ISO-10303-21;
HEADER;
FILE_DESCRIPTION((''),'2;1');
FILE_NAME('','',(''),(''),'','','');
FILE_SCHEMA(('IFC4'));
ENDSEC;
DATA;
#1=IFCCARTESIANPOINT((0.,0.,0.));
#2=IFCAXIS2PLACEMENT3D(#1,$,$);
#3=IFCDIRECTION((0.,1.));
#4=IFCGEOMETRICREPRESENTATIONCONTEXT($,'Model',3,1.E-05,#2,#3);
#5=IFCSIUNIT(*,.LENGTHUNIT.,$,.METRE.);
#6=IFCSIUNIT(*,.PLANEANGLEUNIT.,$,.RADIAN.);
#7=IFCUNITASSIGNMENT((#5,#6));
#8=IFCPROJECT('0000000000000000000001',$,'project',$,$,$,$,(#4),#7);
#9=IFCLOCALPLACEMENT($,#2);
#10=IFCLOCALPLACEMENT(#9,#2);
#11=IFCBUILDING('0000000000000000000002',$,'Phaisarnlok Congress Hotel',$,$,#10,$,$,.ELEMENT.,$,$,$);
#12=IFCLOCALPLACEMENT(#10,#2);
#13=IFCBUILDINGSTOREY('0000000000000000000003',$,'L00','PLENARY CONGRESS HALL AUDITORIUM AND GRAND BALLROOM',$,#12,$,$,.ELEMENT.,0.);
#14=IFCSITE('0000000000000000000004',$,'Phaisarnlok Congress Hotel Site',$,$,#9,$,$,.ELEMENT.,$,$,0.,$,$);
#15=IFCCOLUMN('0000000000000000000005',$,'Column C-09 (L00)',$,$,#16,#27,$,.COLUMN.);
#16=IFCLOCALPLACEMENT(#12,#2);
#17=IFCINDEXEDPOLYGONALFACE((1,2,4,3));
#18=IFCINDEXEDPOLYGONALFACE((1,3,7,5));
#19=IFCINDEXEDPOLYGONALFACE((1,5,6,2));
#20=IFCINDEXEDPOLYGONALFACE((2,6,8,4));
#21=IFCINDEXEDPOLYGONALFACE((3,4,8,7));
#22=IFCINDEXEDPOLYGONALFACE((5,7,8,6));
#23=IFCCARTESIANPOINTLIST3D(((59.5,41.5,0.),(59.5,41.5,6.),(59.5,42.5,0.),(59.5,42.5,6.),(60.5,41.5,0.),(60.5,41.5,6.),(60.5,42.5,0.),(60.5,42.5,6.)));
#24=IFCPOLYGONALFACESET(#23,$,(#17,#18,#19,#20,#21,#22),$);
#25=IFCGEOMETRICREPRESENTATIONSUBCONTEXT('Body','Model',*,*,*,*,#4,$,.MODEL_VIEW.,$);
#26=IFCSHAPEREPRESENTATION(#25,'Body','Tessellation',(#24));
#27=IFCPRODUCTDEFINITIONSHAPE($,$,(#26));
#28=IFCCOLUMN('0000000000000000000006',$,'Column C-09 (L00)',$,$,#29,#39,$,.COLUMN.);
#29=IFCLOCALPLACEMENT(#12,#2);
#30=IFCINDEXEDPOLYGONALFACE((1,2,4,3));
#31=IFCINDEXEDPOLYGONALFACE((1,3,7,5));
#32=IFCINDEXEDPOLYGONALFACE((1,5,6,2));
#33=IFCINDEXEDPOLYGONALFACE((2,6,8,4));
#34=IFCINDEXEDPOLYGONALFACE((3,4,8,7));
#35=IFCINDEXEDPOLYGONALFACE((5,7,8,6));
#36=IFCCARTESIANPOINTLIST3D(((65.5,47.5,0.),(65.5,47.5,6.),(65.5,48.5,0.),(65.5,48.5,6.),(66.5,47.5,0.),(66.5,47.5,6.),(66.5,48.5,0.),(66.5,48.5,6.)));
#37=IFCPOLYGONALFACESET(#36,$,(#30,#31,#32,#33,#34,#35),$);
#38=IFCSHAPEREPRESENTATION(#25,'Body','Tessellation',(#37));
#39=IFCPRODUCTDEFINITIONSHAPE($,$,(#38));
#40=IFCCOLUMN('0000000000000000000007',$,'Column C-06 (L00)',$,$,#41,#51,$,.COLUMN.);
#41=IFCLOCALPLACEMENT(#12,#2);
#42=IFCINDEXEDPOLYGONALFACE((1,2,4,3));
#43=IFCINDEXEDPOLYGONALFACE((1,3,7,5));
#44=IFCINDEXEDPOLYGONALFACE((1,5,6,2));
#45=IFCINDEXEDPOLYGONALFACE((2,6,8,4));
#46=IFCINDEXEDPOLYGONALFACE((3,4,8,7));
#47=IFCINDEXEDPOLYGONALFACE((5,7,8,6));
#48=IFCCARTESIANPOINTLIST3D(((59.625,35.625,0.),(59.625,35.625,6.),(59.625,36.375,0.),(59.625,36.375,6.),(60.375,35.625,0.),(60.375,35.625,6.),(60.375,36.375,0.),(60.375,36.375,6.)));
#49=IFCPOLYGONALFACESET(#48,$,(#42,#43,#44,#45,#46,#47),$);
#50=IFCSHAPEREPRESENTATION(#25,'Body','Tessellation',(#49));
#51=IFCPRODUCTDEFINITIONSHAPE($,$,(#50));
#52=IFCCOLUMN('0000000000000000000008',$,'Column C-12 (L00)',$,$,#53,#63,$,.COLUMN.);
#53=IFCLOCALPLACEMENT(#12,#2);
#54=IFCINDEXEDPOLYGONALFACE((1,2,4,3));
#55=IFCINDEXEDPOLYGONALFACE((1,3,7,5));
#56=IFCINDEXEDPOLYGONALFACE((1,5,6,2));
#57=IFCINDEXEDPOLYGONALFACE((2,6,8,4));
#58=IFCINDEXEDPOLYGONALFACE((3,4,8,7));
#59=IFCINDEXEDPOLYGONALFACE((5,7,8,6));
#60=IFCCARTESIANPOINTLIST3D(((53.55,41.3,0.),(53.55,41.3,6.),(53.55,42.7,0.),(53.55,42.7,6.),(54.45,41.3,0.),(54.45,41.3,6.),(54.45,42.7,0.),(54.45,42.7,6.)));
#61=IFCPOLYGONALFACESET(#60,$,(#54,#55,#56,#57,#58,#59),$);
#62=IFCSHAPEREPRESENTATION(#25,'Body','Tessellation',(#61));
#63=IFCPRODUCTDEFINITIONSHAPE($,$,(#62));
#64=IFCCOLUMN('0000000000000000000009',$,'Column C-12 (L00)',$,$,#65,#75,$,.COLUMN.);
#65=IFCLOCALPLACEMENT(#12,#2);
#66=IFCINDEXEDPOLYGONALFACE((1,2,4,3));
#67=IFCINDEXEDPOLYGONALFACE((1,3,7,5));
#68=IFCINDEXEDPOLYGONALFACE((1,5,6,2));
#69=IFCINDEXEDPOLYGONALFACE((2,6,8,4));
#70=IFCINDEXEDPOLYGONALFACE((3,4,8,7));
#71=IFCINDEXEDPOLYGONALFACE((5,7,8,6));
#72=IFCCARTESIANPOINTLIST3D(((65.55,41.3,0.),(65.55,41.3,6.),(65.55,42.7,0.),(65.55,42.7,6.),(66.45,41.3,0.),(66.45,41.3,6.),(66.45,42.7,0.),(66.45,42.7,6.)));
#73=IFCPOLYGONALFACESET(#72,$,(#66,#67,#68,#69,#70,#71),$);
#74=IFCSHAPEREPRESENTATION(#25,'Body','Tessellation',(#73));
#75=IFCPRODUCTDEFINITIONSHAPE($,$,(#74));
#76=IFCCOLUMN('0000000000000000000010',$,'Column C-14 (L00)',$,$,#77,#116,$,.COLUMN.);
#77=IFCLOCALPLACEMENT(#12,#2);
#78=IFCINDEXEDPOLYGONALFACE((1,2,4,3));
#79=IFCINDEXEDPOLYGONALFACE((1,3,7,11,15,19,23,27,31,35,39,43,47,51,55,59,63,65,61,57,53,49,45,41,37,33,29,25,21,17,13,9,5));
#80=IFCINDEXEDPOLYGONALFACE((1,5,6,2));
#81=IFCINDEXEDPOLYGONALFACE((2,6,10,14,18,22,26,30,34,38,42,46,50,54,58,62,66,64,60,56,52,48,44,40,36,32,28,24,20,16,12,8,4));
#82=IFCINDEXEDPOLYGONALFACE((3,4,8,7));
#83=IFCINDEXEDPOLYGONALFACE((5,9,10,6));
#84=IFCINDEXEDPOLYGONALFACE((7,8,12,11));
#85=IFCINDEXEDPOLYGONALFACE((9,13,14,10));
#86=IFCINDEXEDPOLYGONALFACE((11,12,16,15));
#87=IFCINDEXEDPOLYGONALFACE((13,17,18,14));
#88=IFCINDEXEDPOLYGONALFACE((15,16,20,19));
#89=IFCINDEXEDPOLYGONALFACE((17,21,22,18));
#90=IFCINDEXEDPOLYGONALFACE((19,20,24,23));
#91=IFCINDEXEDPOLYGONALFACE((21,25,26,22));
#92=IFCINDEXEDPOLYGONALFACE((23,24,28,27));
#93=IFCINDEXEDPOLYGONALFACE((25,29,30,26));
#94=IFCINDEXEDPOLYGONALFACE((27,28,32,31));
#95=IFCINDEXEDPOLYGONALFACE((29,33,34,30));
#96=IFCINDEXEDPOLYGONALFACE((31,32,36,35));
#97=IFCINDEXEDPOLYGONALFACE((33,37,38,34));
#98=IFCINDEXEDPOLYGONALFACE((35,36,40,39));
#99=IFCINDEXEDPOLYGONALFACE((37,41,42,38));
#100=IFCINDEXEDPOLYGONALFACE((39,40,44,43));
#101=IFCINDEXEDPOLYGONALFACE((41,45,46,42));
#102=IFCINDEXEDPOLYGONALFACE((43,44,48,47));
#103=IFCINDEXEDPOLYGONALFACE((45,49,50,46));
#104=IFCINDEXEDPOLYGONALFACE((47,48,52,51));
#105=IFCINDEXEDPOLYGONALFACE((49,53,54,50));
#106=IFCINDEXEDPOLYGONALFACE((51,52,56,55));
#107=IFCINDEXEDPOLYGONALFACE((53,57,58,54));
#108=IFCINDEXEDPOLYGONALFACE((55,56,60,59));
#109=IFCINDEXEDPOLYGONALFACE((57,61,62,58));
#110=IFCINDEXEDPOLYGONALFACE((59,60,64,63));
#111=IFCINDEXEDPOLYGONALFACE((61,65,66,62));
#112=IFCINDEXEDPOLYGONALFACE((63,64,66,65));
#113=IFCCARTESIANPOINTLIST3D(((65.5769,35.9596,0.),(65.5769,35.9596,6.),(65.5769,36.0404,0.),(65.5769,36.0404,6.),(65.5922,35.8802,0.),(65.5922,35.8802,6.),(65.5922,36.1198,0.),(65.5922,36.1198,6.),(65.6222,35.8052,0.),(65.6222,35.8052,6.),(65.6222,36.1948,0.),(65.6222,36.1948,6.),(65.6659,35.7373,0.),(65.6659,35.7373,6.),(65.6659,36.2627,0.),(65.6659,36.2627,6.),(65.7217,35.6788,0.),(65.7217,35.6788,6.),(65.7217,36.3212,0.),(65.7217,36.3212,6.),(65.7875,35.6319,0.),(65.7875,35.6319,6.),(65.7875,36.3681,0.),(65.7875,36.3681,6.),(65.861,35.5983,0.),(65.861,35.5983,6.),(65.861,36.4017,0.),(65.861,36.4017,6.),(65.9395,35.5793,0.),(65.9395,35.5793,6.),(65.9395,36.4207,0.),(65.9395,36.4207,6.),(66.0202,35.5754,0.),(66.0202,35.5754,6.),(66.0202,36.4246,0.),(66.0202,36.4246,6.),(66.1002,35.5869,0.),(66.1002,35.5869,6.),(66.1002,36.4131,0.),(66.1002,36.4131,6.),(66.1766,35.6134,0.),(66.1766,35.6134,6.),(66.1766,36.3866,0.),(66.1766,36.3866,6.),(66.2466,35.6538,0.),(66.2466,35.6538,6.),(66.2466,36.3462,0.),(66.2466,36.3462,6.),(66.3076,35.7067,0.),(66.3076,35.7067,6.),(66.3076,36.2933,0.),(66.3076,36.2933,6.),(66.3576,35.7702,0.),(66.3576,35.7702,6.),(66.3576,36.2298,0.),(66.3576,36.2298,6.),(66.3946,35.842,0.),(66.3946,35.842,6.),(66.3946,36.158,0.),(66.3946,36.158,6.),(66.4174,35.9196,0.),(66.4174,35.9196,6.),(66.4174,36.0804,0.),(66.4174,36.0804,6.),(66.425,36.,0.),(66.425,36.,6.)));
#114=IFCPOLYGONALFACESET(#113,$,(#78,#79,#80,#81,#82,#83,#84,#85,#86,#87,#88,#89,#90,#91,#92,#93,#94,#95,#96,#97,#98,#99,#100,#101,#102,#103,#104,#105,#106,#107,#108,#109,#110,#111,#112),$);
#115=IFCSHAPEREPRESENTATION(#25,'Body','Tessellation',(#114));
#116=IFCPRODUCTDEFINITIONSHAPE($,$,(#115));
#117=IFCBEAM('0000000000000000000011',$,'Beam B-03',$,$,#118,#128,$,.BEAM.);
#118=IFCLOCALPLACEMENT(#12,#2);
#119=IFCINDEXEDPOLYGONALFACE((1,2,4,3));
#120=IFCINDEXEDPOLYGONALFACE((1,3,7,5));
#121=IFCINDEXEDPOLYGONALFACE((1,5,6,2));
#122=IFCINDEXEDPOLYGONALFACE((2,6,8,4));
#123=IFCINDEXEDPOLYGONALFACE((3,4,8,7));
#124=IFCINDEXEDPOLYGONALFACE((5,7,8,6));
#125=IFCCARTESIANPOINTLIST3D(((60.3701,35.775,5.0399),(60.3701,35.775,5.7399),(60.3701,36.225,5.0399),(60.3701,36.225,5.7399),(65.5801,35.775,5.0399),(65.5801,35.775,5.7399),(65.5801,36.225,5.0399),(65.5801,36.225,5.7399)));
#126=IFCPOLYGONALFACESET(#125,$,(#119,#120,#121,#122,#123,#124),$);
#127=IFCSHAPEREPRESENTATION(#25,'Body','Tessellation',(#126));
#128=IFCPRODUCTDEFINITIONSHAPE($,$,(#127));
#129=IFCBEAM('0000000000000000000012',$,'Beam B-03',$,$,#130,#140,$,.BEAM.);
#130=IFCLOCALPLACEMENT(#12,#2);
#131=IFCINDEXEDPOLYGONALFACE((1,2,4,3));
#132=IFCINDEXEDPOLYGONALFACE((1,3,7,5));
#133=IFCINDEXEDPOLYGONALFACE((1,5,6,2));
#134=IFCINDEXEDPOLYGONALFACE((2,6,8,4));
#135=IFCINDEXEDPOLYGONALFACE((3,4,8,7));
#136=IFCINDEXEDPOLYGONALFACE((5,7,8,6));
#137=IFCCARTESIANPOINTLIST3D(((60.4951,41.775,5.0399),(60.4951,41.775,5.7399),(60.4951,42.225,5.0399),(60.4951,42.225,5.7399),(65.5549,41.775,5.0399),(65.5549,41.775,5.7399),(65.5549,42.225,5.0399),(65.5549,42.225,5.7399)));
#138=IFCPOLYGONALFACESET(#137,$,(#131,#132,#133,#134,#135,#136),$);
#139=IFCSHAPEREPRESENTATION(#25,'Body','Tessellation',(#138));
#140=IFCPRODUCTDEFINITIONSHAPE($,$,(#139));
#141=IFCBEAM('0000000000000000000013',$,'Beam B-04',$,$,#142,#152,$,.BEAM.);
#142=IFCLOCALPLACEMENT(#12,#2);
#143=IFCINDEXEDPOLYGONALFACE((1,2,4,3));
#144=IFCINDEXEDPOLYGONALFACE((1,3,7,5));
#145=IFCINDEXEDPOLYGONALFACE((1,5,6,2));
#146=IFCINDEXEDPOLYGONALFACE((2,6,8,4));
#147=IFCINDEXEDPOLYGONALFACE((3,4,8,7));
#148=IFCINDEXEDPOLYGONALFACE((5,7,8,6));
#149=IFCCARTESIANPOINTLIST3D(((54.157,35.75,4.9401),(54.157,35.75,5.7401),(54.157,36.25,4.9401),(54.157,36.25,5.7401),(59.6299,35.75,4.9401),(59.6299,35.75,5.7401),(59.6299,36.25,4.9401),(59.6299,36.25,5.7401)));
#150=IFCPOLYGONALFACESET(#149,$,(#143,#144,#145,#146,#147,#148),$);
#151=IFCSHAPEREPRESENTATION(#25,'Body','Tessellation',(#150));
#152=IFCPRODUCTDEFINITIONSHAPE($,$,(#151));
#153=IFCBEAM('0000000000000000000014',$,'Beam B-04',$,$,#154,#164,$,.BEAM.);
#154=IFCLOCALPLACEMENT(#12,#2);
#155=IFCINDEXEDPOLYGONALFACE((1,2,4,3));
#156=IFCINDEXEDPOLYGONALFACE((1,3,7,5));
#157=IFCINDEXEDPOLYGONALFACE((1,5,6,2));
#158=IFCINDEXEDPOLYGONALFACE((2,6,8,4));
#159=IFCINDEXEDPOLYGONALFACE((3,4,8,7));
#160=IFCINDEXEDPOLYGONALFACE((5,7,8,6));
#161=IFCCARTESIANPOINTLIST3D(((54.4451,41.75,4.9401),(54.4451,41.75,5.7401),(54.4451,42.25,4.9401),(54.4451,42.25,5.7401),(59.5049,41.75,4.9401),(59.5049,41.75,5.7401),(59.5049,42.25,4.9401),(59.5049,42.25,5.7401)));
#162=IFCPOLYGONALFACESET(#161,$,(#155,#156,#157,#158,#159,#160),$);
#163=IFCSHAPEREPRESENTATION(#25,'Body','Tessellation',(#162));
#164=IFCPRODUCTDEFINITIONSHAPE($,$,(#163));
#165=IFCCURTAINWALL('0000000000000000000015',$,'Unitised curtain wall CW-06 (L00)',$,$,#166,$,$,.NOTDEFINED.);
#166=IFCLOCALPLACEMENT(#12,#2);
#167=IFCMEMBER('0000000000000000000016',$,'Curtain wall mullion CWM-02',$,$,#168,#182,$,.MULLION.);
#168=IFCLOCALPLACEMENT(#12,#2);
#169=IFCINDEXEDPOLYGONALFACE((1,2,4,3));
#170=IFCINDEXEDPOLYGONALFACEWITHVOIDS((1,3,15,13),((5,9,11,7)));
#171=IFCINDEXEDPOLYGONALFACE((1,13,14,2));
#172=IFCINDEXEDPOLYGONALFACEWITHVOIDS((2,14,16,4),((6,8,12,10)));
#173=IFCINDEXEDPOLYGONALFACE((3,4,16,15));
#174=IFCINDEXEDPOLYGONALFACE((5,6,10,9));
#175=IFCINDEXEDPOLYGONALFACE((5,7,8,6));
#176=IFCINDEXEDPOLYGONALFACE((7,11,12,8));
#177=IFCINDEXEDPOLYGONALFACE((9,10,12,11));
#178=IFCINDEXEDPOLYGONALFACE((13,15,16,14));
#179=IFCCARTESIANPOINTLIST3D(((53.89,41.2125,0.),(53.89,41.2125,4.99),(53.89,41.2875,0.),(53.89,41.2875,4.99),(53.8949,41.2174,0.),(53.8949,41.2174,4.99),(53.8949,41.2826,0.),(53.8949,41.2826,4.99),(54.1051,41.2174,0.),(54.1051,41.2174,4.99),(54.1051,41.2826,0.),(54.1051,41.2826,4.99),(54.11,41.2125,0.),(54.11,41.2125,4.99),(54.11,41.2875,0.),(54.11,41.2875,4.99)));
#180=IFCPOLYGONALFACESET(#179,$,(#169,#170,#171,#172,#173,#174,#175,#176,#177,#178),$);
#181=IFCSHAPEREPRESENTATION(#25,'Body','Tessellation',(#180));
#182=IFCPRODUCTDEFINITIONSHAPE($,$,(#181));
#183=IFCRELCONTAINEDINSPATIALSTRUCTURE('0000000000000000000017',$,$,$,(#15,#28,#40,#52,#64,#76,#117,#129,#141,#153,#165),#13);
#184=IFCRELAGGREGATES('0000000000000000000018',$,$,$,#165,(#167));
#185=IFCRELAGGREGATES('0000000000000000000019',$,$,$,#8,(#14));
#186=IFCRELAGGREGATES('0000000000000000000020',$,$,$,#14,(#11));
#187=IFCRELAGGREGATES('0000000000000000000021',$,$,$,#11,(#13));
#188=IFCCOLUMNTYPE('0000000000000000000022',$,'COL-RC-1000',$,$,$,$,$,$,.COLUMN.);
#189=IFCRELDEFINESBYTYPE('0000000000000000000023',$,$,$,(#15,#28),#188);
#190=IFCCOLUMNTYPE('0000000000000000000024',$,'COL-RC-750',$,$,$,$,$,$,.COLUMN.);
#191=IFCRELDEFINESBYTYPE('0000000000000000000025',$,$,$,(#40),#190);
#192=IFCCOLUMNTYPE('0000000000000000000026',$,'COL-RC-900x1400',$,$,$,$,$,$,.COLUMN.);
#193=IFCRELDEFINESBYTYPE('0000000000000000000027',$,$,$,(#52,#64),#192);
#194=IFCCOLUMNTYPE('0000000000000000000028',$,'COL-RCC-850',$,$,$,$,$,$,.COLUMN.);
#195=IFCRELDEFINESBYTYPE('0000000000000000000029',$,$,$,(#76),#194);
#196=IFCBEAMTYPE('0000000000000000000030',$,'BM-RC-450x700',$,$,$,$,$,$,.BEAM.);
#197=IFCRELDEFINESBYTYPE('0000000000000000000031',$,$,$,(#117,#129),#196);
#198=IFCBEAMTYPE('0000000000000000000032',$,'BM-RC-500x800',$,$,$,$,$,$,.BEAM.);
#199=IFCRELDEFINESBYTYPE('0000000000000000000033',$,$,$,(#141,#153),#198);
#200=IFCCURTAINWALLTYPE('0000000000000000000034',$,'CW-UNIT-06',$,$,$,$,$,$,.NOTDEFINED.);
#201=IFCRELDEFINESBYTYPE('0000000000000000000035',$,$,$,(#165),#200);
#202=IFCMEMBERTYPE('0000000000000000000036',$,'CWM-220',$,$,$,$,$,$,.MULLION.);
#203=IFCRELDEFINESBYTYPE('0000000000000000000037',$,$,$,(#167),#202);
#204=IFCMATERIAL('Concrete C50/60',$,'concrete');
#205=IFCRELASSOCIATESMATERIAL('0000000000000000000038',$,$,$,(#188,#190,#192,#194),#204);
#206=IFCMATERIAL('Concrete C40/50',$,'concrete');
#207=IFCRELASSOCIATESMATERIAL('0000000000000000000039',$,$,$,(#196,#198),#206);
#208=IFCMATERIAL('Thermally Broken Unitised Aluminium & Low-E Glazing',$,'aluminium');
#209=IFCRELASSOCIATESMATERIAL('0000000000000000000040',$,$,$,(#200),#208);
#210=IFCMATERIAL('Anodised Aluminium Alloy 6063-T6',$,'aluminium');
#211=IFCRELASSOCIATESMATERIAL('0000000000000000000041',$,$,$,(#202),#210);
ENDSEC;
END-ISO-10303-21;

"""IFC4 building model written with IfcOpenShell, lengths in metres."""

from ifc_helpers import new_model, si_unit, direction, frame, origin, origin_2d, place, context, subcontext, project, spatial, rectangle, hollow_rectangle, circle, extrude, material, material_profile, profile_set, type_object, element, aggregate, save


model = new_model("IFC4")

# Units and contexts
model_context = context("Model", 3, precision=1e-05, world=origin(), true_north=direction((0.0, 1.0)))
body_context = subcontext(model_context, "Body", "Model", "MODEL_VIEW")
ifc_project = project(units=[si_unit("LENGTHUNIT", "METRE"), si_unit("PLANEANGLEUNIT", "RADIAN")], contexts=[model_context])

# Site, building, storey
site_placement = place(None, origin())
site = spatial("IfcSite", under=ifc_project, at=site_placement, Name="Phaisarnlok Congress Hotel Site", CompositionType="ELEMENT", RefElevation=0.0)
building_placement = place(site_placement, origin())
building = spatial("IfcBuilding", under=site, at=building_placement, Name="Phaisarnlok Congress Hotel", CompositionType="ELEMENT")
storey_placement = place(building_placement, origin())
storey = spatial("IfcBuildingStorey", under=building, at=storey_placement, Name="L00", Description="PLENARY CONGRESS HALL AUDITORIUM AND GRAND BALLROOM", CompositionType="ELEMENT", Elevation=0.0)

# Columns
ifc_material_1 = material(Name="Concrete C50/60", Category="concrete")
ifc_material_profile_1 = material_profile(ifc_material_1, rectangle(XDim=1.0, YDim=1.0, at=origin_2d()), Name="RC 1000x1000")
ifc_profile_set_1 = profile_set([ifc_material_profile_1], Name="Concrete C50/60")
column_type_1 = type_object("IfcColumnType", Name="COL-RC-1000", PredefinedType="COLUMN", material=ifc_profile_set_1)
for number, where, z_axis, x_axis, name in (
    (1, (60.0, 42.0, 0.0), (0.0, 0.0, 1.0), (1.0, 0.0, 0.0), "Column C-09 (L00)"),
    (2, (66.0, 48.0, 0.0), (0.0, 0.0, 1.0), (1.0, 0.0, 0.0), "Column C-09 (L00)"),
):
    element("IfcColumn", number, at=place(storey_placement, frame(where, z_axis=z_axis, x_axis=x_axis)), inside=storey, type_object=column_type_1, Name=name, PredefinedType="COLUMN", context=body_context, shape_type="SweptSolid", body=[
        extrude(rectangle(XDim=1.0, YDim=1.0, at=origin_2d()), origin(), (0.0, 0.0, 1.0), 6.0),
    ])
ifc_material_profile_2 = material_profile(ifc_material_1, rectangle(XDim=0.75, YDim=0.75, at=origin_2d()), Name="RC 750x750")
ifc_profile_set_2 = profile_set([ifc_material_profile_2], Name="Concrete C50/60")
column_type_2 = type_object("IfcColumnType", Name="COL-RC-750", PredefinedType="COLUMN", material=ifc_profile_set_2)
column_1_placement = place(storey_placement, frame((60.0, 36.0, 0.0), z_axis=(0.0, 0.0, 1.0), x_axis=(1.0, 0.0, 0.0)))
element("IfcColumn", 3, at=column_1_placement, inside=storey, type_object=column_type_2, Name="Column C-06 (L00)", PredefinedType="COLUMN", context=body_context, shape_type="SweptSolid", body=[
    extrude(rectangle(XDim=0.75, YDim=0.75, at=origin_2d()), origin(), (0.0, 0.0, 1.0), 6.0),
])
ifc_material_profile_3 = material_profile(ifc_material_1, rectangle(XDim=0.8999, YDim=1.3999, at=origin_2d()), Name="RC 900x1400")
ifc_profile_set_3 = profile_set([ifc_material_profile_3], Name="Concrete C50/60")
column_type_3 = type_object("IfcColumnType", Name="COL-RC-900x1400", PredefinedType="COLUMN", material=ifc_profile_set_3)
for number, where, z_axis, x_axis, name in (
    (4, (54.0, 42.0, 0.0), (0.0, 0.0, 1.0), (1.0, 0.0, 0.0), "Column C-12 (L00)"),
    (5, (66.0, 42.0, 0.0), (0.0, 0.0, 1.0), (1.0, 0.0, 0.0), "Column C-12 (L00)"),
):
    element("IfcColumn", number, at=place(storey_placement, frame(where, z_axis=z_axis, x_axis=x_axis)), inside=storey, type_object=column_type_3, Name=name, PredefinedType="COLUMN", context=body_context, shape_type="SweptSolid", body=[
        extrude(rectangle(XDim=0.8999, YDim=1.3999, at=origin_2d()), origin(), (0.0, 0.0, 1.0), 6.0),
    ])
ifc_material_profile_4 = material_profile(ifc_material_1, circle(Radius=0.425, at=origin_2d()), Name="RCC D850")
ifc_profile_set_4 = profile_set([ifc_material_profile_4], Name="Concrete C50/60")
column_type_4 = type_object("IfcColumnType", Name="COL-RCC-850", PredefinedType="COLUMN", material=ifc_profile_set_4)
column_2_placement = place(storey_placement, frame((66.0, 36.0, 0.0), z_axis=(0.0, 0.0, 1.0), x_axis=(1.0, 0.0, 0.0)))
element("IfcColumn", 6, at=column_2_placement, inside=storey, type_object=column_type_4, Name="Column C-14 (L00)", PredefinedType="COLUMN", context=body_context, shape_type="SweptSolid", body=[
    extrude(circle(Radius=0.425, at=origin_2d()), origin(), (0.0, 0.0, 1.0), 6.0),
])

# Beams
ifc_material_2 = material(Name="Concrete C40/50", Category="concrete")
ifc_material_profile_5 = material_profile(ifc_material_2, rectangle(XDim=0.45, YDim=0.7, at=origin_2d()), Name="RC 450x700")
ifc_profile_set_5 = profile_set([ifc_material_profile_5], Name="Concrete C40/50")
beam_type_1 = type_object("IfcBeamType", Name="BM-RC-450x700", PredefinedType="BEAM", material=ifc_profile_set_5)
beam_1_placement = place(storey_placement, frame((60.3701, 36.0, 5.3899), z_axis=(1.0, 0.0, 0.0), x_axis=(0.0, 1.0, 0.0)))
element("IfcBeam", 7, at=beam_1_placement, inside=storey, type_object=beam_type_1, Name="Beam B-03", PredefinedType="BEAM", context=body_context, shape_type="SweptSolid", body=[
    extrude(rectangle(XDim=0.45, YDim=0.7, at=origin_2d()), origin(), (0.0, 0.0, 1.0), 5.21),
])
beam_2_placement = place(storey_placement, frame((60.4951, 42.0, 5.3899), z_axis=(1.0, 0.0, 0.0), x_axis=(0.0, 1.0, 0.0)))
element("IfcBeam", 8, at=beam_2_placement, inside=storey, type_object=beam_type_1, Name="Beam B-03", PredefinedType="BEAM", context=body_context, shape_type="SweptSolid", body=[
    extrude(rectangle(XDim=0.45, YDim=0.7, at=origin_2d()), origin(), (0.0, 0.0, 1.0), 5.0598),
])
ifc_material_profile_6 = material_profile(ifc_material_2, rectangle(XDim=0.5, YDim=0.8, at=origin_2d()), Name="RC 500x800")
ifc_profile_set_6 = profile_set([ifc_material_profile_6], Name="Concrete C40/50")
beam_type_2 = type_object("IfcBeamType", Name="BM-RC-500x800", PredefinedType="BEAM", material=ifc_profile_set_6)
beam_3_placement = place(storey_placement, frame((54.157, 36.0, 5.3401), z_axis=(1.0, 0.0, 0.0), x_axis=(0.0, 1.0, 0.0)))
element("IfcBeam", 9, at=beam_3_placement, inside=storey, type_object=beam_type_2, Name="Beam B-04", PredefinedType="BEAM", context=body_context, shape_type="SweptSolid", body=[
    extrude(rectangle(XDim=0.5, YDim=0.8, at=origin_2d()), origin(), (0.0, 0.0, 1.0), 5.4729),
])
beam_4_placement = place(storey_placement, frame((54.4451, 42.0, 5.3401), z_axis=(1.0, 0.0, 0.0), x_axis=(0.0, 1.0, 0.0)))
element("IfcBeam", 10, at=beam_4_placement, inside=storey, type_object=beam_type_2, Name="Beam B-04", PredefinedType="BEAM", context=body_context, shape_type="SweptSolid", body=[
    extrude(rectangle(XDim=0.5, YDim=0.8, at=origin_2d()), origin(), (0.0, 0.0, 1.0), 5.0598),
])

# Curtain wall, member
ifc_material_3 = material(Name="Thermally Broken Unitised Aluminium & Low-E Glazing", Category="aluminium")
curtain_wall_type = type_object("IfcCurtainWallType", Name="CW-UNIT-06", PredefinedType="NOTDEFINED", material=ifc_material_3)
curtain_wall_placement = place(storey_placement, origin())
curtain_wall = element("IfcCurtainWall", 11, at=curtain_wall_placement, inside=storey, type_object=curtain_wall_type, Name="Unitised curtain wall CW-06 (L00)", PredefinedType="NOTDEFINED")
ifc_material_4 = material(Name="Anodised Aluminium Alloy 6063-T6", Category="aluminium")
ifc_material_profile_7 = material_profile(ifc_material_4, hollow_rectangle(XDim=0.075, YDim=0.22, WallThickness=0.0049, at=origin_2d()), Name="ALU-M 75x220x5")
ifc_profile_set_7 = profile_set([ifc_material_profile_7], Name="Anodised Aluminium Alloy 6063-T6")
member_type_1 = type_object("IfcMemberType", Name="CWM-220", PredefinedType="MULLION", material=ifc_profile_set_7)
member_1_placement = place(storey_placement, frame((54.0, 41.25, 0.0), z_axis=(0.0, 0.0, 1.0), x_axis=(0.0, -1.0, 0.0)))
member_1 = element("IfcMember", 12, at=member_1_placement, type_object=member_type_1, Name="Curtain wall mullion CWM-02", PredefinedType="MULLION", context=body_context, shape_type="SweptSolid", body=[
    extrude(hollow_rectangle(XDim=0.075, YDim=0.22, WallThickness=0.0049, at=origin_2d()), origin(), (0.0, 0.0, 1.0), 4.99),
])

aggregate(curtain_wall, [member_1])

save(model, "model.ifc")
